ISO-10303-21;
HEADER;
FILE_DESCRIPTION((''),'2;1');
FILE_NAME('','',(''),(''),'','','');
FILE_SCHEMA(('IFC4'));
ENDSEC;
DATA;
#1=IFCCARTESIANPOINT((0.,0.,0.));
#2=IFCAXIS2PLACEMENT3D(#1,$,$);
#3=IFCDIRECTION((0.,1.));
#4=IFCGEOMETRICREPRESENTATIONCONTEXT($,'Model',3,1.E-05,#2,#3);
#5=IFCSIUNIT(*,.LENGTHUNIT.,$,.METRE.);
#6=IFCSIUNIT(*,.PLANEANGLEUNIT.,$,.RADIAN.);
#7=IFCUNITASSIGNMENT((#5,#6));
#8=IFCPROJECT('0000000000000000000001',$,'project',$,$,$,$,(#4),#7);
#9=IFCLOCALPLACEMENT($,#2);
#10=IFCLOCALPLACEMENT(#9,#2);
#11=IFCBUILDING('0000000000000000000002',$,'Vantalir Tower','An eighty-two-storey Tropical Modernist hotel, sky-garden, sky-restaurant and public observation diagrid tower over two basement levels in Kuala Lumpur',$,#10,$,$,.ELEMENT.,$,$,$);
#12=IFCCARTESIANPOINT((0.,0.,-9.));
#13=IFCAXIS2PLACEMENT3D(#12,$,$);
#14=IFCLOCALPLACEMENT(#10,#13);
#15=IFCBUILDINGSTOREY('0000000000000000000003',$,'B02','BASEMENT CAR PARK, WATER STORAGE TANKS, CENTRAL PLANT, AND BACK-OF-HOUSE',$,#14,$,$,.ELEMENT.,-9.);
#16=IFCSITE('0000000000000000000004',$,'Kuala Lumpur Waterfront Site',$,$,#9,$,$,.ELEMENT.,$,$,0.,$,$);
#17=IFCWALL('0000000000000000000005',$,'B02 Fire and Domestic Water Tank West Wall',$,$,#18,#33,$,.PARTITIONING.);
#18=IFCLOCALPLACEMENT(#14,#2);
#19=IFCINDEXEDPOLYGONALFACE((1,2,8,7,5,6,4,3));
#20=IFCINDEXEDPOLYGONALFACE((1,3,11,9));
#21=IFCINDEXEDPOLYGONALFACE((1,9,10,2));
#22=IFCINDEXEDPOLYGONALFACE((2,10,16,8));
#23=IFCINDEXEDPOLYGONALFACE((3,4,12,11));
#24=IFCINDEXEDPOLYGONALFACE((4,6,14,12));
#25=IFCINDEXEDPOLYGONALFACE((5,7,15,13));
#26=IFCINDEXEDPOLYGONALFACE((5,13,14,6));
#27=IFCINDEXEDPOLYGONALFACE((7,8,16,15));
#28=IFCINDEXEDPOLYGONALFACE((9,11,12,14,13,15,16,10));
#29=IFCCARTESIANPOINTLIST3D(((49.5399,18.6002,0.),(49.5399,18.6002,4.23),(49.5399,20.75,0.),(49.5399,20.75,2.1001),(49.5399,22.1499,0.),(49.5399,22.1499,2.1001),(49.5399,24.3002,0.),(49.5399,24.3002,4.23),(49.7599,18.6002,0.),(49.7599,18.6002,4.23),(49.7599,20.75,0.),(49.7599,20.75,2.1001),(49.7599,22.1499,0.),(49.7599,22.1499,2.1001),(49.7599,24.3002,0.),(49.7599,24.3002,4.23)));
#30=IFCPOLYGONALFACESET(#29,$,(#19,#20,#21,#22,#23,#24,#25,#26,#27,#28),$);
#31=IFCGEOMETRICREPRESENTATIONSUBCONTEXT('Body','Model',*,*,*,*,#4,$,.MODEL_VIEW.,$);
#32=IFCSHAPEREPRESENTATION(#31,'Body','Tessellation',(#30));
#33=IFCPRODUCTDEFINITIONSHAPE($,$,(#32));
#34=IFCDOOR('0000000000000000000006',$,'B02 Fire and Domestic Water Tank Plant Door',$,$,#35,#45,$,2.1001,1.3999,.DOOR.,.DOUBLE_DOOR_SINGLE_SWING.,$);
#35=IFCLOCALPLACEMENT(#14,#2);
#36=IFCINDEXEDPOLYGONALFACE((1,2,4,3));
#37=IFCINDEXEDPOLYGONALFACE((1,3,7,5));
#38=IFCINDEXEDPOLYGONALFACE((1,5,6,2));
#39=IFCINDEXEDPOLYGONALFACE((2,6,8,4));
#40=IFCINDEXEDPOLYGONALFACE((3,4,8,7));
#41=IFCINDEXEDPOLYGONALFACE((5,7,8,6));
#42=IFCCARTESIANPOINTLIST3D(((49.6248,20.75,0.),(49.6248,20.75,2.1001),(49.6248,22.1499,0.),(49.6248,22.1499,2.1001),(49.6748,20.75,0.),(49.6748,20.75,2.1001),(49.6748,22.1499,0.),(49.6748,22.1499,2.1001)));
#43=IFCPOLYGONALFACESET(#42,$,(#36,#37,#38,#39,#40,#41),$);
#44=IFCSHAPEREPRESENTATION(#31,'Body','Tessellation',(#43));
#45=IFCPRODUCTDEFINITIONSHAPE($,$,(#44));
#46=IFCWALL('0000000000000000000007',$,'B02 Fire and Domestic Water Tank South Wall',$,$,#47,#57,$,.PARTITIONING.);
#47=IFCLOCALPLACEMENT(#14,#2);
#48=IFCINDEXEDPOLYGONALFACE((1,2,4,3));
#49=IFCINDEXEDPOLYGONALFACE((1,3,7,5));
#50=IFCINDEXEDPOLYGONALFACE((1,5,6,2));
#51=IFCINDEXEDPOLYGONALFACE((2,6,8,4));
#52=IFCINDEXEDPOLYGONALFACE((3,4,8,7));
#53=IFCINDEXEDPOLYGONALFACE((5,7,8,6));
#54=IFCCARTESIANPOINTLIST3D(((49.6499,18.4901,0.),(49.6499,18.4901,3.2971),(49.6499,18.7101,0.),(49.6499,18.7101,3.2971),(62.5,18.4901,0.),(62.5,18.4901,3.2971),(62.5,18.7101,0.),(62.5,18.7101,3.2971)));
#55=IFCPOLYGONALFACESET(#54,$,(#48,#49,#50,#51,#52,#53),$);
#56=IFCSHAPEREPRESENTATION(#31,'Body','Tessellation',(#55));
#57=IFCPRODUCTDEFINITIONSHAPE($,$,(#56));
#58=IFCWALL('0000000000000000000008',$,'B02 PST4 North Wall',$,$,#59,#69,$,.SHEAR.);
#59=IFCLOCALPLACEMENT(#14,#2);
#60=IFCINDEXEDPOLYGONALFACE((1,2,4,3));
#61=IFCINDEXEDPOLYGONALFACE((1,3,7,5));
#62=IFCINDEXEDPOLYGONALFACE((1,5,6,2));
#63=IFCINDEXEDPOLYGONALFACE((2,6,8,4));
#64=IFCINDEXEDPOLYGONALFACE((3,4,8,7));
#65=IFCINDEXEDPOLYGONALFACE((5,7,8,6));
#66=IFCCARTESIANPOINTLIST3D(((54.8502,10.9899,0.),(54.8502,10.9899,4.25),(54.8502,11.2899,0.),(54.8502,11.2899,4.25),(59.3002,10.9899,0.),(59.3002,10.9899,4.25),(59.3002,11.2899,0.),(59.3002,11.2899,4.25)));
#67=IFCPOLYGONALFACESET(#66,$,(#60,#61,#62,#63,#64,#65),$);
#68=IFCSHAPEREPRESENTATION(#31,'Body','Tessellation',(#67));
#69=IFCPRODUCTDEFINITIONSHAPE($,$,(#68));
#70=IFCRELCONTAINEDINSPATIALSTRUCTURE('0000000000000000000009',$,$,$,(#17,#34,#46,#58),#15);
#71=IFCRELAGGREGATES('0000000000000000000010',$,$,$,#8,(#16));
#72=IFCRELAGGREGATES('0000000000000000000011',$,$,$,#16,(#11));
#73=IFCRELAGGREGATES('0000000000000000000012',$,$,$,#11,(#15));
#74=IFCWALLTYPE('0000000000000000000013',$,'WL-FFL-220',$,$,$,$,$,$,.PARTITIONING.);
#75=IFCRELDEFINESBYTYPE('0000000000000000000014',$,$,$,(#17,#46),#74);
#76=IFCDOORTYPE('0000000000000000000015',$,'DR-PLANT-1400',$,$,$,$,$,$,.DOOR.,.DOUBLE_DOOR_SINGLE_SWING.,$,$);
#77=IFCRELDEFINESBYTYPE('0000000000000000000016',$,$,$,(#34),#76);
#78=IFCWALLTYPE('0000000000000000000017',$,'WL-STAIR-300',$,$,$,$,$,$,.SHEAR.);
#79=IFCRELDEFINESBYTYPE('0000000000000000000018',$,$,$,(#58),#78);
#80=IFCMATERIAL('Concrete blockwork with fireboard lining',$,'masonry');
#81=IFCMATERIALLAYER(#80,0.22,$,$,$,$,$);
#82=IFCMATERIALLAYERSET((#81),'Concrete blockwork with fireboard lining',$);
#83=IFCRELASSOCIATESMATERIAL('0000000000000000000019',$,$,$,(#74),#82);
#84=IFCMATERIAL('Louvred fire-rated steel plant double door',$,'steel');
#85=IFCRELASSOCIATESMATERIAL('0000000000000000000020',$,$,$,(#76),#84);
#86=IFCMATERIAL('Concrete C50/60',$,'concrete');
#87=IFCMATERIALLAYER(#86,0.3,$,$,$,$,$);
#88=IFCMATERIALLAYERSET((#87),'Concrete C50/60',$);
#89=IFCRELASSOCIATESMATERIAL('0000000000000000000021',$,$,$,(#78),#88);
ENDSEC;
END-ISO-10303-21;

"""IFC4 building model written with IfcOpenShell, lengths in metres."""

from ifc_helpers import new_model, si_unit, direction, frame, frame_2d, origin, place, context, subcontext, project, spatial, rectangle, extrude, material, layer, layer_set, type_object, element, fill, save


model = new_model("IFC4")

# Units and contexts
model_context = context("Model", 3, precision=1e-05, world=origin(), true_north=direction((0.0, 1.0)))
body_context = subcontext(model_context, "Body", "Model", "MODEL_VIEW")
ifc_project = project(units=[si_unit("LENGTHUNIT", "METRE"), si_unit("PLANEANGLEUNIT", "RADIAN")], contexts=[model_context])

# Site, building, storey
site_placement = place(None, origin())
site = spatial("IfcSite", under=ifc_project, at=site_placement, Name="Kuala Lumpur Waterfront Site", CompositionType="ELEMENT", RefElevation=0.0)
building_placement = place(site_placement, origin())
building = spatial("IfcBuilding", under=site, at=building_placement, Name="Vantalir Tower", Description="An eighty-two-storey Tropical Modernist hotel, sky-garden, sky-restaurant and public observation diagrid tower over two basement levels in Kuala Lumpur", CompositionType="ELEMENT")
storey_placement = place(building_placement, frame((0.0, 0.0, -9.0)))
storey = spatial("IfcBuildingStorey", under=building, at=storey_placement, Name="B02", Description="BASEMENT CAR PARK, WATER STORAGE TANKS, CENTRAL PLANT, AND BACK-OF-HOUSE", CompositionType="ELEMENT", Elevation=-9.0)

# Shared definitions
ifc_material_1 = material(Name="Concrete C50/60", Category="concrete")

# Shared definitions
ifc_material_2 = material(Name="Concrete blockwork with fireboard lining", Category="masonry")
ifc_layer_1 = layer(ifc_material_2, 0.22)
ifc_layer_set_1 = layer_set([ifc_layer_1], Name="Concrete blockwork with fireboard lining")
wall_type_1 = type_object("IfcWallType", Name="WL-FFL-220", PredefinedType="PARTITIONING", material=ifc_layer_set_1)
ifc_material_3 = material(Name="Louvred fire-rated steel plant double door", Category="steel")
door_type = type_object("IfcDoorType", Name="DR-PLANT-1400", OperationType="DOUBLE_DOOR_SINGLE_SWING", PredefinedType="DOOR", material=ifc_material_3)

# Wall, opening, door
wall_1_placement = place(storey_placement, frame((49.6499, 18.6001, 0.0), z_axis=(0.0, 0.0, 1.0), x_axis=(0.0, 1.0, 0.0)))
wall_1 = element("IfcWall", 1, at=wall_1_placement, inside=storey, type_object=wall_type_1, Name="B02 Fire and Domestic Water Tank West Wall", PredefinedType="PARTITIONING", context=body_context, shape_type="SweptSolid", body=[
    extrude(rectangle(XDim=5.7, YDim=0.22, at=frame_2d((2.8501, 0.0))), origin(), (0.0, 0.0, 1.0), 4.23),
])
opening_1_placement = place(wall_1_placement, frame((2.1499, 0.0, 0.0)))
opening_1 = element("IfcOpeningElement", 2, at=opening_1_placement, cuts=wall_1, PredefinedType="OPENING", context=body_context, shape_type="SweptSolid", body=[
    extrude(rectangle(XDim=1.3999, YDim=2.1001, at=frame_2d((0.7, 1.05))), frame((0.0, 0.1199, 0.0), z_axis=(0.0, -1.0, 0.0), x_axis=(1.0, 0.0, 0.0)), (0.0, 0.0, 1.0), 0.24),
])
door_1_placement = place(opening_1_placement, frame((1.3999, 0.0, 0.0), z_axis=(0.0, 0.0, 1.0), x_axis=(-1.0, 0.0, 0.0)))
door_1 = element("IfcDoor", 3, at=door_1_placement, inside=storey, type_object=door_type, Name="B02 Fire and Domestic Water Tank Plant Door", OperationType="DOUBLE_DOOR_SINGLE_SWING", OverallHeight=2.1001, OverallWidth=1.3999, PredefinedType="DOOR", context=body_context, shape_type="SweptSolid", body=[
    extrude(rectangle(XDim=1.3999, YDim=2.1001, at=frame_2d((0.7, 1.05))), frame((0.0, 0.0249, 0.0), z_axis=(0.0, -1.0, 0.0), x_axis=(1.0, 0.0, 0.0)), (0.0, 0.0, 1.0), 0.05),
])
fill(opening_1, door_1)

# Walls
wall_2_placement = place(storey_placement, frame((49.6499, 18.6001, 0.0), z_axis=(0.0, 0.0, 1.0), x_axis=(1.0, 0.0, 0.0)))
element("IfcWall", 4, at=wall_2_placement, inside=storey, type_object=wall_type_1, Name="B02 Fire and Domestic Water Tank South Wall", PredefinedType="PARTITIONING", context=body_context, shape_type="SweptSolid", body=[
    extrude(rectangle(XDim=12.8501, YDim=0.22, at=frame_2d((6.425, 0.0))), origin(), (0.0, 0.0, 1.0), 3.2971),
])
ifc_layer_2 = layer(ifc_material_1, 0.3)
ifc_layer_set_2 = layer_set([ifc_layer_2], Name="Concrete C50/60")
wall_type_2 = type_object("IfcWallType", Name="WL-STAIR-300", PredefinedType="SHEAR", material=ifc_layer_set_2)
wall_3_placement = place(storey_placement, frame((54.8501, 11.1399, 0.0), z_axis=(0.0, 0.0, 1.0), x_axis=(1.0, 0.0, 0.0)))
element("IfcWall", 5, at=wall_3_placement, inside=storey, type_object=wall_type_2, Name="B02 PST4 North Wall", PredefinedType="SHEAR", context=body_context, shape_type="SweptSolid", body=[
    extrude(rectangle(XDim=4.45, YDim=0.3, at=frame_2d((2.2251, 0.0))), origin(), (0.0, 0.0, 1.0), 4.25),
])

save(model, "model.ifc")
